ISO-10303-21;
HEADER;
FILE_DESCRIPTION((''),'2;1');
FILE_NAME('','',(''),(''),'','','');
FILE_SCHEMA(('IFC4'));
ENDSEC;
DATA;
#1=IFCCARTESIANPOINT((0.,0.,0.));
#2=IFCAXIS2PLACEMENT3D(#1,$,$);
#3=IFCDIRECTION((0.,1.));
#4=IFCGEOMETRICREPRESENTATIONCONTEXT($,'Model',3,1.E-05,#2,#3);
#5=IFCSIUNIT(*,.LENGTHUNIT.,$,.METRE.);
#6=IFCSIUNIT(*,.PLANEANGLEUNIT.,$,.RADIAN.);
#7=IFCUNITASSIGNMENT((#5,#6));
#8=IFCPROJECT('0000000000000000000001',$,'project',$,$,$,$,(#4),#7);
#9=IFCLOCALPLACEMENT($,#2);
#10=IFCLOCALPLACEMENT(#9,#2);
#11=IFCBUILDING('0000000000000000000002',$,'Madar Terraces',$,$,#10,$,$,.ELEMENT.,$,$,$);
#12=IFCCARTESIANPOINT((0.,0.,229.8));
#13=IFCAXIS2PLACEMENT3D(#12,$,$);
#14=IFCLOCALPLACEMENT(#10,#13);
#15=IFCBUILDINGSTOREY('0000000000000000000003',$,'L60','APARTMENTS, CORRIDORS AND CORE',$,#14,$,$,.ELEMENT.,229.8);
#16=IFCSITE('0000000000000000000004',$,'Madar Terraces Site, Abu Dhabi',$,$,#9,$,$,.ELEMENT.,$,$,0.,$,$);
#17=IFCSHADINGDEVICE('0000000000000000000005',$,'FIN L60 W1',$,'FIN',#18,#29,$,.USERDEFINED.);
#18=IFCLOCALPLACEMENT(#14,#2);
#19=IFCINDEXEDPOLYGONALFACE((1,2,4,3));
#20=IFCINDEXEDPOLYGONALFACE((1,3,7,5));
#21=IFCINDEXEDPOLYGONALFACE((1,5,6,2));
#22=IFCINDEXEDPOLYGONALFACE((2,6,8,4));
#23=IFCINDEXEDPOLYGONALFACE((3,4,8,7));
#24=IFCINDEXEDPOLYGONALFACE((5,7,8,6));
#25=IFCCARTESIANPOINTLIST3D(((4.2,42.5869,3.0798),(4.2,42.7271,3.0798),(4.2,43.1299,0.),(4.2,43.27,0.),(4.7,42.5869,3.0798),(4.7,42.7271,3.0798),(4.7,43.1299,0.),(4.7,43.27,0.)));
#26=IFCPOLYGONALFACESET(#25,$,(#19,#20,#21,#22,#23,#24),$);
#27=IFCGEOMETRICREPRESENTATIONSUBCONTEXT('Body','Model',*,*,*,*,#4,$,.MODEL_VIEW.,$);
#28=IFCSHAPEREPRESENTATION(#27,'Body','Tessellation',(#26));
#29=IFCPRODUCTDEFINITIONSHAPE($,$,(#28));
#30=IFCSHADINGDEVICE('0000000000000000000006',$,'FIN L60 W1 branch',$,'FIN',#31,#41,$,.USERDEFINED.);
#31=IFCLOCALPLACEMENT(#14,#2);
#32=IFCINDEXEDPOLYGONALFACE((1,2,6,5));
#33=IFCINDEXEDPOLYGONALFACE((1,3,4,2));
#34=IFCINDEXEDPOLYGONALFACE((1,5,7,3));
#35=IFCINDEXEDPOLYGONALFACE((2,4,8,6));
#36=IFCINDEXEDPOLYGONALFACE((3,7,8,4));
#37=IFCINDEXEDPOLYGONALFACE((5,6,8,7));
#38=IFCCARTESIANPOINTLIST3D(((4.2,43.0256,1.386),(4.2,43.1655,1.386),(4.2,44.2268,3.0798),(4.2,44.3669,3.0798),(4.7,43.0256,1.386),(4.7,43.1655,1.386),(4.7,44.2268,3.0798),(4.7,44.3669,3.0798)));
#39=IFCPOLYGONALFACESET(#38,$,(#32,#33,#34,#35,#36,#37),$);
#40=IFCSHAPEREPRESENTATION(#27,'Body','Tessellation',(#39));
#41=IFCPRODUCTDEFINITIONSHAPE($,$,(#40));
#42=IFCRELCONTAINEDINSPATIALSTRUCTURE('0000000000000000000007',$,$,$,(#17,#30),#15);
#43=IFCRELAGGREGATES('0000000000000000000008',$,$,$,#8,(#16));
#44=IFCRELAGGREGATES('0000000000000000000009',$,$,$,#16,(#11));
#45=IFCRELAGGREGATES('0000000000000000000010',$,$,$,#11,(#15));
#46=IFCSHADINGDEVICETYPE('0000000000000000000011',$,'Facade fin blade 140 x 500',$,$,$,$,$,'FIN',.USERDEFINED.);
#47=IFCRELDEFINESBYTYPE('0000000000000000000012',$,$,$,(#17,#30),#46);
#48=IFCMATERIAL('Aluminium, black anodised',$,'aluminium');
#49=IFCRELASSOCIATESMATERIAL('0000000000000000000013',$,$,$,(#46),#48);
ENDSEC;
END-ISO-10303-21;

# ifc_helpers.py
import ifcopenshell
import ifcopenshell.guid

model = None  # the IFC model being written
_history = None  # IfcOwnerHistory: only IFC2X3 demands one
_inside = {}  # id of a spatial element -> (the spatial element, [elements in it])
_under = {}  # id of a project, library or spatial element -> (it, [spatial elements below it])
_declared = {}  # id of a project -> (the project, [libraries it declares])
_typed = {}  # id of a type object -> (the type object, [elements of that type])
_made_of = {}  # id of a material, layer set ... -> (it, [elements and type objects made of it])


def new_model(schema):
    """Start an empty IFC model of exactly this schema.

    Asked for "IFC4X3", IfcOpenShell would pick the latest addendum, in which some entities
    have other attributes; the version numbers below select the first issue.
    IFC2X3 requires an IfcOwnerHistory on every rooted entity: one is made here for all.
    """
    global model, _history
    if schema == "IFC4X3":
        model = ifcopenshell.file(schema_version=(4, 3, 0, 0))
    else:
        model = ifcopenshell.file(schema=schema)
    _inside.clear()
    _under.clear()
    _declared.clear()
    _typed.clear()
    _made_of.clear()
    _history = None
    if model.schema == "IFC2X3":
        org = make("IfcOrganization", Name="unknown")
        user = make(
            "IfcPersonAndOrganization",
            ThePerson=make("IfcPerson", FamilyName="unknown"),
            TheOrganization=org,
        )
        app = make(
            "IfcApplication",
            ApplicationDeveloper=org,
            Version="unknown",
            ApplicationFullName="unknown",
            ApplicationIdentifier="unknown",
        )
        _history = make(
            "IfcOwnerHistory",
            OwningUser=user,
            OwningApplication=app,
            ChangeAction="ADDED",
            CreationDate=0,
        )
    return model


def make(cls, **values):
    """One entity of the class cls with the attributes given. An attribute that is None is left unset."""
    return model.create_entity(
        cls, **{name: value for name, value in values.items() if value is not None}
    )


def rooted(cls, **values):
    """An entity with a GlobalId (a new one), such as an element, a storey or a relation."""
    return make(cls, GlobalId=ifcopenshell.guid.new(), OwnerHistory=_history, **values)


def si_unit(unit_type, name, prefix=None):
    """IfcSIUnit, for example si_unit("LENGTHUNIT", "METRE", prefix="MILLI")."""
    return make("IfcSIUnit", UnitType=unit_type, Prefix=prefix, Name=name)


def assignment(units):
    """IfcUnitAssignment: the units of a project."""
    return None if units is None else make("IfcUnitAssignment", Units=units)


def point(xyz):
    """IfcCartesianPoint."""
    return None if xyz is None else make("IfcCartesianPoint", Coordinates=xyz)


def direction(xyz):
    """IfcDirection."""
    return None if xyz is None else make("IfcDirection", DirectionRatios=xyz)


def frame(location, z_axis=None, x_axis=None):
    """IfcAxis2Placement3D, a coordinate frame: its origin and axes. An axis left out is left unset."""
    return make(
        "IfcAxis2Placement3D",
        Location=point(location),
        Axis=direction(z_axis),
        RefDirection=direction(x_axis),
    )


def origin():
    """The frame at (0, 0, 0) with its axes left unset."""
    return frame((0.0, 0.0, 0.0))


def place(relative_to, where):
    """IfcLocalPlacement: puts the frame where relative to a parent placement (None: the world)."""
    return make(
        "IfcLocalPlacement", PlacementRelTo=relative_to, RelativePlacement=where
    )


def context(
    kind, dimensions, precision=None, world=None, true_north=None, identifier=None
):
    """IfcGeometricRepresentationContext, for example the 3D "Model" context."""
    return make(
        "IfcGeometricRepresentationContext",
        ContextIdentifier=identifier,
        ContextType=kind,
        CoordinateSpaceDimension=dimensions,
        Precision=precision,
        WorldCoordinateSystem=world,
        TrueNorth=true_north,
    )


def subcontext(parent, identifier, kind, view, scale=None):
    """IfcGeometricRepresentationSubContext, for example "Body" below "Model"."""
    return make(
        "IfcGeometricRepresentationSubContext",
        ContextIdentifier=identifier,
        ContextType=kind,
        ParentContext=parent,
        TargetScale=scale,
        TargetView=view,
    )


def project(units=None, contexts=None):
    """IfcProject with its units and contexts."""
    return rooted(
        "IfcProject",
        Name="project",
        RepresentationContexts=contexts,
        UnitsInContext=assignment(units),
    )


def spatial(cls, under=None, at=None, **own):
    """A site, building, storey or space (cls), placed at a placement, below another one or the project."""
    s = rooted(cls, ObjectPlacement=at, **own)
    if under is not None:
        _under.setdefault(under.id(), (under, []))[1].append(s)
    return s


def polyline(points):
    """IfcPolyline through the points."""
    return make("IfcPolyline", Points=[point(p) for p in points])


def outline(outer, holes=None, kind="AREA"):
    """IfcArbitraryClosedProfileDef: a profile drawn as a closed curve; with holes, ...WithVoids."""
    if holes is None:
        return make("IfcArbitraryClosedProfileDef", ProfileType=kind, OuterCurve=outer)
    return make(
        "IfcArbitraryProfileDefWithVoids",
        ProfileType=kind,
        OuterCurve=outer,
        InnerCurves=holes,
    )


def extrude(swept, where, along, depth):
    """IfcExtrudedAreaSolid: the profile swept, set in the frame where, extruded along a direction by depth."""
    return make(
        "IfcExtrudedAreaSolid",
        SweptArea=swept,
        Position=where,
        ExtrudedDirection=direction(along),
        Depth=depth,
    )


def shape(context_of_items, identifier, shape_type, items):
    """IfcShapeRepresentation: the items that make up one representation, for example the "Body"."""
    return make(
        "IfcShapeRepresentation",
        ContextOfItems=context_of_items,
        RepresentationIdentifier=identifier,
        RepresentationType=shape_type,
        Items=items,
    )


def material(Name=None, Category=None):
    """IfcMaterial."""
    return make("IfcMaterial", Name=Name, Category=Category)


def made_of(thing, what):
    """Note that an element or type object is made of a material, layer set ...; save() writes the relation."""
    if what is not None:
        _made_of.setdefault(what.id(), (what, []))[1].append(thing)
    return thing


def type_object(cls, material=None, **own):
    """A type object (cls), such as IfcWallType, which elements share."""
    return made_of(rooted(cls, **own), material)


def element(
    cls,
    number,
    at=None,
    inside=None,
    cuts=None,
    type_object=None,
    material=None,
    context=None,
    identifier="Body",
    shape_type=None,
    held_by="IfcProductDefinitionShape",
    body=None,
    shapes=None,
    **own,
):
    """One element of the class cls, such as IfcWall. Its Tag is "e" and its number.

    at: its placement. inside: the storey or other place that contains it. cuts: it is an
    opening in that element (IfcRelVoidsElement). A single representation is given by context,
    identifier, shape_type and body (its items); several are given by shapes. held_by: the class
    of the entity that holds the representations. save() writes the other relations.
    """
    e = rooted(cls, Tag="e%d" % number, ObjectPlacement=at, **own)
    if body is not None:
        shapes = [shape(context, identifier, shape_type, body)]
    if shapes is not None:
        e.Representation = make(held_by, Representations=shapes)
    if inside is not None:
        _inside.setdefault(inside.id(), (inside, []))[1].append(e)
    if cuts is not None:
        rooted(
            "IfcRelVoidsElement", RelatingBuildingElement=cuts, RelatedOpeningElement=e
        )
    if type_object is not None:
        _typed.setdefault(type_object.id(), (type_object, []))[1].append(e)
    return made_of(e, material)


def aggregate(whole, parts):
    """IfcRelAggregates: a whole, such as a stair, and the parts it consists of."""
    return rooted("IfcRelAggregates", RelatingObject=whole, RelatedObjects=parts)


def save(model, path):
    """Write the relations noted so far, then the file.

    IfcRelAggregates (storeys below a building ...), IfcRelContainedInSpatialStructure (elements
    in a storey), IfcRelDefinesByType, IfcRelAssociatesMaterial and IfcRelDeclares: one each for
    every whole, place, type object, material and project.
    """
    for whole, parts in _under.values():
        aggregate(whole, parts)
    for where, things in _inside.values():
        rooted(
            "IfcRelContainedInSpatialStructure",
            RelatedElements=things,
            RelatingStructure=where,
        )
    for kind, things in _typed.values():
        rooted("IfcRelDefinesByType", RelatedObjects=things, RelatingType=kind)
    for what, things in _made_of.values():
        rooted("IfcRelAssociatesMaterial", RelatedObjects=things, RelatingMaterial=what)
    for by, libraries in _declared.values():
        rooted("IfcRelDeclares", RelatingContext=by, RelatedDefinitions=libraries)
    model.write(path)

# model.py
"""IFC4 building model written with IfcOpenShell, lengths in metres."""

from ifc_helpers import new_model, si_unit, direction, frame, origin, place, context, subcontext, project, spatial, polyline, outline, extrude, material, type_object, element, save


model = new_model("IFC4")

# Units and contexts
model_context = context("Model", 3, precision=1e-05, world=origin(), true_north=direction((0.0, 1.0)))
body_context = subcontext(model_context, "Body", "Model", "MODEL_VIEW")
ifc_project = project(units=[si_unit("LENGTHUNIT", "METRE"), si_unit("PLANEANGLEUNIT", "RADIAN")], contexts=[model_context])

# Site, building, storey
site_placement = place(None, origin())
site = spatial("IfcSite", under=ifc_project, at=site_placement, Name="Madar Terraces Site, Abu Dhabi", CompositionType="ELEMENT", RefElevation=0.0)
building_placement = place(site_placement, origin())
building = spatial("IfcBuilding", under=site, at=building_placement, Name="Madar Terraces", CompositionType="ELEMENT")
storey_placement = place(building_placement, frame((0.0, 0.0, 229.8)))
storey = spatial("IfcBuildingStorey", under=building, at=storey_placement, Name="L60", Description="APARTMENTS, CORRIDORS AND CORE", CompositionType="ELEMENT", Elevation=229.8)

# Shading devices
ifc_material_1 = material(Name="Aluminium, black anodised", Category="aluminium")
shading_device_type = type_object("IfcShadingDeviceType", Name="Facade fin blade 140 x 500", ElementType="FIN", PredefinedType="USERDEFINED", material=ifc_material_1)
shading_device_1_placement = place(storey_placement, frame((4.45, 43.27, 0.0), z_axis=(0.0, 0.0, 1.0), x_axis=(0.0, -1.0, 0.0)))
element("IfcShadingDevice", 1, at=shading_device_1_placement, inside=storey, type_object=shading_device_type, Name="FIN L60 W1", ObjectType="FIN", PredefinedType="USERDEFINED", context=body_context, shape_type="SweptSolid", body=[
    extrude(outline(polyline([(0.0, 0.0), (0.1401, 0.0), (0.6831, 3.0798), (0.543, 3.0798), (0.0, 0.0)])), frame((0.0, 0.25, 0.0), z_axis=(0.0, -1.0, 0.0), x_axis=(1.0, 0.0, 0.0)), (0.0, 0.0, 1.0), 0.5),
])
shading_device_2_placement = place(storey_placement, frame((4.45, 43.1655, 1.386), z_axis=(0.0, 0.0, 1.0), x_axis=(0.0, -1.0, 0.0)))
element("IfcShadingDevice", 2, at=shading_device_2_placement, inside=storey, type_object=shading_device_type, Name="FIN L60 W1 branch", ObjectType="FIN", PredefinedType="USERDEFINED", context=body_context, shape_type="SweptSolid", body=[
    extrude(outline(polyline([(0.0, 0.0), (0.1399, 0.0), (-1.0613, 1.6938), (-1.2014, 1.6938), (0.0, 0.0)])), frame((0.0, 0.25, 0.0), z_axis=(0.0, -1.0, 0.0), x_axis=(1.0, 0.0, 0.0)), (0.0, 0.0, 1.0), 0.5),
])

save(model, "model.ifc")
